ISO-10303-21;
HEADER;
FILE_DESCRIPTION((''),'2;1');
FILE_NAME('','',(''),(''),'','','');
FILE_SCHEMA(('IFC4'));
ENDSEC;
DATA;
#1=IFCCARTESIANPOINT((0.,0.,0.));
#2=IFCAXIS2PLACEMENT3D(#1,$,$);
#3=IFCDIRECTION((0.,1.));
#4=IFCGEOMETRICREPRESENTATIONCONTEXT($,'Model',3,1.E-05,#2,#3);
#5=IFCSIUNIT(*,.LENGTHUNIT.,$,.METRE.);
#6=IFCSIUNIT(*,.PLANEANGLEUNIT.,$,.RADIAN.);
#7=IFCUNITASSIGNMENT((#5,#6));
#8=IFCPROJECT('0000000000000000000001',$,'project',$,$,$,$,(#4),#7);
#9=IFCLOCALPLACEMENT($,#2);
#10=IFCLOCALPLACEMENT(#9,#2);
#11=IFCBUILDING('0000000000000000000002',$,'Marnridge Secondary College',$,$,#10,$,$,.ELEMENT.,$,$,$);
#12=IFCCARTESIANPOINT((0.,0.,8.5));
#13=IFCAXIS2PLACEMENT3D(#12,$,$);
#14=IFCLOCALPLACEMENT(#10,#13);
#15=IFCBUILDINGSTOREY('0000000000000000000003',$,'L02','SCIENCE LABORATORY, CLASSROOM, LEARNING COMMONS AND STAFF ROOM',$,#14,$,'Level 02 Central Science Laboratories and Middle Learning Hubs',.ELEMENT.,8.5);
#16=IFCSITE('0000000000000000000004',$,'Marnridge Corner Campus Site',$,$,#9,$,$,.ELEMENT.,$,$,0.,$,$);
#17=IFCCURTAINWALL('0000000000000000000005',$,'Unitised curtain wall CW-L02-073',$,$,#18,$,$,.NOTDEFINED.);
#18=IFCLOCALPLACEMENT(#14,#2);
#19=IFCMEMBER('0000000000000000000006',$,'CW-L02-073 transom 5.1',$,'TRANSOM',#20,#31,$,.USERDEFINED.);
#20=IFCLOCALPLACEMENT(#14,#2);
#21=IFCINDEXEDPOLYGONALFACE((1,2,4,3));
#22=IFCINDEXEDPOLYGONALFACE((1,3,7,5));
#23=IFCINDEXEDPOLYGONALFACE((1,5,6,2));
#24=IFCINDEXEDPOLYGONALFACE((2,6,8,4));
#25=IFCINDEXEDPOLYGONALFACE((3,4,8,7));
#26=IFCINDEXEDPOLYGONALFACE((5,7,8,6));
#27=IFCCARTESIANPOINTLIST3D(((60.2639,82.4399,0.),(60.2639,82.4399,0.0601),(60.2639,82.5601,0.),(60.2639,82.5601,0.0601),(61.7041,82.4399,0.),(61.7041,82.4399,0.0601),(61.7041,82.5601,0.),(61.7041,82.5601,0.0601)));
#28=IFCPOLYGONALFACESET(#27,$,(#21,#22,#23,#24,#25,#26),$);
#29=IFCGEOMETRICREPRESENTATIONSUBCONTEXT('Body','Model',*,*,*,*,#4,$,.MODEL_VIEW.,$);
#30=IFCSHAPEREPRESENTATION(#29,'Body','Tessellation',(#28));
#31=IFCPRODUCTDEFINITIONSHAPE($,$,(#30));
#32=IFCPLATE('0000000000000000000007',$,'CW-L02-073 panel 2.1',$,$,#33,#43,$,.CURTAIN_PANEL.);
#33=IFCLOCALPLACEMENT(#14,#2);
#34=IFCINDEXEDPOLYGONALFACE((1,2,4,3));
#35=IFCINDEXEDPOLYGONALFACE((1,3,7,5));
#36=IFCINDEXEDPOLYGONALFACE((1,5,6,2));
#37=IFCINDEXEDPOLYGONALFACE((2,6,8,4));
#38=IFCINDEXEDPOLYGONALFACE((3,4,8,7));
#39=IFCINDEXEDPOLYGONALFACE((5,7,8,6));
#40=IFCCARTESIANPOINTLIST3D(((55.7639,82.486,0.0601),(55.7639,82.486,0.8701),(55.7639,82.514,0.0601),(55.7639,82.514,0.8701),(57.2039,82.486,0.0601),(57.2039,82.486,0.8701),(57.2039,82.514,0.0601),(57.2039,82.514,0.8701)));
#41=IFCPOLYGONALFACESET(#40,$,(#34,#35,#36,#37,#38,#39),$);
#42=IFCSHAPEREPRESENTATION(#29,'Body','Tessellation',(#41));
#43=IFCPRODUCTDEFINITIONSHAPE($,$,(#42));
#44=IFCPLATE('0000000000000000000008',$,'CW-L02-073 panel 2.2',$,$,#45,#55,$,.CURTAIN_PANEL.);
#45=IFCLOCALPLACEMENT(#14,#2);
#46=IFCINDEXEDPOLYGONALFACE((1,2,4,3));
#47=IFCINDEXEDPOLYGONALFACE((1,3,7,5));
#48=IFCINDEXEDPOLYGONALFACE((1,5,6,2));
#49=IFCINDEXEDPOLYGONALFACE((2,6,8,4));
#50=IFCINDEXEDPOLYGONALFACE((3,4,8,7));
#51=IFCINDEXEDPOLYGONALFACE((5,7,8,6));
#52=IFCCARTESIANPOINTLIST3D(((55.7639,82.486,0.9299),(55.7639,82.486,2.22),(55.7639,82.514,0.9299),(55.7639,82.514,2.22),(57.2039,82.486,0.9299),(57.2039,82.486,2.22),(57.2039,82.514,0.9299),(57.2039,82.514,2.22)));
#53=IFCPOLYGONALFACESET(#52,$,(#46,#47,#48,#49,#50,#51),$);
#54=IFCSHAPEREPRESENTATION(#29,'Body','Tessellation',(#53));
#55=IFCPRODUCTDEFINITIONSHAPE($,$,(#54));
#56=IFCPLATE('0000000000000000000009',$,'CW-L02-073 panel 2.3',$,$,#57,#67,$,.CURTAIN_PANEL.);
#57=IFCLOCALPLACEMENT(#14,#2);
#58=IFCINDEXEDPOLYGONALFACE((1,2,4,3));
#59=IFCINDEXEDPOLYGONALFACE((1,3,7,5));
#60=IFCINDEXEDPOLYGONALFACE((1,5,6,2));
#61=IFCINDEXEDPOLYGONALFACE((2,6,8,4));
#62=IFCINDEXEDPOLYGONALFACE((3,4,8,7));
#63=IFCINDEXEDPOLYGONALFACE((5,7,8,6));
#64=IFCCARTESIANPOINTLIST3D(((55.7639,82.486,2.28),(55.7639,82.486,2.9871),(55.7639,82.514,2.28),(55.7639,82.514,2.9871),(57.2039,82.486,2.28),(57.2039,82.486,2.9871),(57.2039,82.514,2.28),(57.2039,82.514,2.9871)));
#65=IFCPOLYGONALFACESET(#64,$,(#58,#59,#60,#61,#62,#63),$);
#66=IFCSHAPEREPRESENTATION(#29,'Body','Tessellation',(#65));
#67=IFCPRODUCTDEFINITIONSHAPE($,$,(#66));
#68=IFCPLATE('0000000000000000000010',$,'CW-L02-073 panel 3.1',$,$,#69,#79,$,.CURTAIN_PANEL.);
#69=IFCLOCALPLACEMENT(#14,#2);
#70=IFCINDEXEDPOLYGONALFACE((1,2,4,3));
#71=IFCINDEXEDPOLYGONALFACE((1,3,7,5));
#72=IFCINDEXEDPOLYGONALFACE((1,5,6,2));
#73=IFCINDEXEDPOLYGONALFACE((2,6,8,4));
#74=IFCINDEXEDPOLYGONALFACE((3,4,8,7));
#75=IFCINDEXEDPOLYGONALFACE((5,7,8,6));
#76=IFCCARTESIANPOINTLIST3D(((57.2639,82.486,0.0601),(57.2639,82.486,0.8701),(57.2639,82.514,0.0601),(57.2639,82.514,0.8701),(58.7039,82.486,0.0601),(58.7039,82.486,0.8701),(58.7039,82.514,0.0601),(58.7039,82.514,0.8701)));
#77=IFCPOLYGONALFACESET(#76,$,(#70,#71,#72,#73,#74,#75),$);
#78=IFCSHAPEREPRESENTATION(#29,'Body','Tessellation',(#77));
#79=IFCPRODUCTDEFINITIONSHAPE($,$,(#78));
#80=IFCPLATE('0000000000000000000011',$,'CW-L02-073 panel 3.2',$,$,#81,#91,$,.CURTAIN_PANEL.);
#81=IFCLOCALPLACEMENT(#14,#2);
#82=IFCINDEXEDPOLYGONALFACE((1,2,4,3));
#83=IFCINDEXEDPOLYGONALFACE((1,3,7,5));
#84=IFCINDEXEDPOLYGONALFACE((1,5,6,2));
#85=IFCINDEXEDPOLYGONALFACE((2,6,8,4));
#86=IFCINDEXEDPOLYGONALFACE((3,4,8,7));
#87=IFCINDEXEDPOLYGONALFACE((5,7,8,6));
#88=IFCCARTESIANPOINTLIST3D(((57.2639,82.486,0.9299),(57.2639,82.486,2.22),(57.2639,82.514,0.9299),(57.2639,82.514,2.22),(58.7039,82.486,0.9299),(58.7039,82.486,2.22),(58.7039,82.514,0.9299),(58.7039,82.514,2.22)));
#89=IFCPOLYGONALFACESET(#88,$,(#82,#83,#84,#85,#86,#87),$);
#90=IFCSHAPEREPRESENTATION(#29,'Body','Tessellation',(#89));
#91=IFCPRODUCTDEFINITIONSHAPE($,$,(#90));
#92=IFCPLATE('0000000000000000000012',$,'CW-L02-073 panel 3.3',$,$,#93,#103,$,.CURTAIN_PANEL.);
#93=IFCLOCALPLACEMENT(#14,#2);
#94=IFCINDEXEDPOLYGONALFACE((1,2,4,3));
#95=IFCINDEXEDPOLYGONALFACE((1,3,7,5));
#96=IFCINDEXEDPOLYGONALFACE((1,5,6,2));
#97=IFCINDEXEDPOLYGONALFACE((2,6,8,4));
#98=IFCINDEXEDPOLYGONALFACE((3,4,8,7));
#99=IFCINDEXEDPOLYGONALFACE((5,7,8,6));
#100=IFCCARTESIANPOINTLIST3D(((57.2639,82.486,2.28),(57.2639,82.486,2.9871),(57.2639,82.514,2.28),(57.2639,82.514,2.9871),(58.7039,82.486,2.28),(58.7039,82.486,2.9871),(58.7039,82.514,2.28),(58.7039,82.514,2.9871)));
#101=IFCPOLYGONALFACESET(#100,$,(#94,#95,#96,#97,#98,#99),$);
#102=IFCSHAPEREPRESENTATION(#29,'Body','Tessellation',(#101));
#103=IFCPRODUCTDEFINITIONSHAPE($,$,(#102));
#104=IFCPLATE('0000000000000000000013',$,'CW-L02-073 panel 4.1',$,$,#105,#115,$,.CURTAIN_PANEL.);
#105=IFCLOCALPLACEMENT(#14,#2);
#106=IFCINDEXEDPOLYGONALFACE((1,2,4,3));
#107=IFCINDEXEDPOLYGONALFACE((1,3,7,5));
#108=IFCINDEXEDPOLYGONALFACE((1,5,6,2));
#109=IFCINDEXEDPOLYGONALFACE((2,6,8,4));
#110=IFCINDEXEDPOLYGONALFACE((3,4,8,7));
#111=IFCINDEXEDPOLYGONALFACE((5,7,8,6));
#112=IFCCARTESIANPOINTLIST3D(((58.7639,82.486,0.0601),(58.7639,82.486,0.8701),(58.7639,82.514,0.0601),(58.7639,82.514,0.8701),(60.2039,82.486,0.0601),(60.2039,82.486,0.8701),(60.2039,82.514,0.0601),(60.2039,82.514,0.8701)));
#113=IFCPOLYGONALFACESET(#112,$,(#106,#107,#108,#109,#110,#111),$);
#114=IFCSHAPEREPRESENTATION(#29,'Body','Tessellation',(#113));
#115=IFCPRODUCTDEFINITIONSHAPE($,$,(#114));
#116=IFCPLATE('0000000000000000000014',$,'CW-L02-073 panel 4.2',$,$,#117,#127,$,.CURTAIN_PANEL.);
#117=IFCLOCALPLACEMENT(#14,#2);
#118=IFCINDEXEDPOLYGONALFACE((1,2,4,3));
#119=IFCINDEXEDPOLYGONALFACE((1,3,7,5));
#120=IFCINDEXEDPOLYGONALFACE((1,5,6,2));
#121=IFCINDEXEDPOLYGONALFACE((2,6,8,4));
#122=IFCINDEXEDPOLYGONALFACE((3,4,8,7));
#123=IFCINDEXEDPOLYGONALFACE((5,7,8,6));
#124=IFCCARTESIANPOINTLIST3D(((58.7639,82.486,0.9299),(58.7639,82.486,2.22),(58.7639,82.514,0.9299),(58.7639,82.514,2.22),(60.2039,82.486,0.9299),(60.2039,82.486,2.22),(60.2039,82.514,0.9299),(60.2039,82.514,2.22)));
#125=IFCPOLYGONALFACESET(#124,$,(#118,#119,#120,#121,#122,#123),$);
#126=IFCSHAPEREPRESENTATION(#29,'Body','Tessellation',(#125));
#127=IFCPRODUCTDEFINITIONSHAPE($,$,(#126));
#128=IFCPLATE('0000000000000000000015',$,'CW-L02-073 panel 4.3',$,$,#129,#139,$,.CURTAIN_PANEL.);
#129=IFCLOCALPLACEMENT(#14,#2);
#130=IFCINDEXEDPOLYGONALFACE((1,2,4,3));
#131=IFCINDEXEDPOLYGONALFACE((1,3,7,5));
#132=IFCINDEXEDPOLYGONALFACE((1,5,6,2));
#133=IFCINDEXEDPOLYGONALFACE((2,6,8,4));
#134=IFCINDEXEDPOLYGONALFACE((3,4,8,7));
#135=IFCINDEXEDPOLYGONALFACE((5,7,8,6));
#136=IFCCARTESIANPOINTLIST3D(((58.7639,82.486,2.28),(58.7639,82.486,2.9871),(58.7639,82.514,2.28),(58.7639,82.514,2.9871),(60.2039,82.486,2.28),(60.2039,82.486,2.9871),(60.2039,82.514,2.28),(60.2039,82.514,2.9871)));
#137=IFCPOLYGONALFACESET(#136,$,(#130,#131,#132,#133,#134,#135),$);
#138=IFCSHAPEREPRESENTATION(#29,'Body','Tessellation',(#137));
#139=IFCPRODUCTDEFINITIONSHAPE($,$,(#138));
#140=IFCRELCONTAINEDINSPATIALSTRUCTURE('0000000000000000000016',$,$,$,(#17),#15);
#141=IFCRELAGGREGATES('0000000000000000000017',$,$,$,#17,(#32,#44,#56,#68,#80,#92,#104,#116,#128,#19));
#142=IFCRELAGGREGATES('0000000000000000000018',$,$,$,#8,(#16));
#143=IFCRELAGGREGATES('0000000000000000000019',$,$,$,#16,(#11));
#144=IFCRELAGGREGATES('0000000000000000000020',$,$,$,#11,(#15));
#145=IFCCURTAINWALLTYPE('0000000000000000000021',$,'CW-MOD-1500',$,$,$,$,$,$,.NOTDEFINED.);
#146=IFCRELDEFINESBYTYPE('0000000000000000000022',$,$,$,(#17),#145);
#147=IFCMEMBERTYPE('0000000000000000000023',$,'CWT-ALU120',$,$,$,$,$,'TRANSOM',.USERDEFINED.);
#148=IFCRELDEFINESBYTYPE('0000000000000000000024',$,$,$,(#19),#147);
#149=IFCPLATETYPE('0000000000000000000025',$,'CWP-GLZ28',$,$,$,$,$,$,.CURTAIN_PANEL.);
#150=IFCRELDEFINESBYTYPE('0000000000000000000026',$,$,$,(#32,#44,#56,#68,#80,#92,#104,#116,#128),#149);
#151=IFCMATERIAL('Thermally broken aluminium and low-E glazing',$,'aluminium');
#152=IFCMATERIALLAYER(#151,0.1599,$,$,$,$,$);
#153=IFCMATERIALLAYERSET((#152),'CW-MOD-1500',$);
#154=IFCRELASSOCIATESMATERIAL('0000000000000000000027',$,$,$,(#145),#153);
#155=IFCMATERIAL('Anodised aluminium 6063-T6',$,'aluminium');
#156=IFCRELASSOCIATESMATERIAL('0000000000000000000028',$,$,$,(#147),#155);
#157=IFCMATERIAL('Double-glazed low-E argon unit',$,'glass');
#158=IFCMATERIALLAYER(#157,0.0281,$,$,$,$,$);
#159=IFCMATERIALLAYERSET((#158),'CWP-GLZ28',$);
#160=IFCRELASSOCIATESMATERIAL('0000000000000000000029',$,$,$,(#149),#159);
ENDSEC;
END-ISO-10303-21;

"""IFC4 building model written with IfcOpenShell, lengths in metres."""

from ifc_helpers import new_model, si_unit, direction, frame, origin, origin_2d, place, context, subcontext, project, spatial, rectangle, extrude, material, layer, layer_set, material_profile, profile_set, type_object, element, aggregate, save


model = new_model("IFC4")

# Units and contexts
model_context = context("Model", 3, precision=1e-05, world=origin(), true_north=direction((0.0, 1.0)))
body_context = subcontext(model_context, "Body", "Model", "MODEL_VIEW")
ifc_project = project(units=[si_unit("LENGTHUNIT", "METRE"), si_unit("PLANEANGLEUNIT", "RADIAN")], contexts=[model_context])

# Site, building, storey
site_placement = place(None, origin())
site = spatial("IfcSite", under=ifc_project, at=site_placement, Name="Marnridge Corner Campus Site", CompositionType="ELEMENT", RefElevation=0.0)
building_placement = place(site_placement, origin())
building = spatial("IfcBuilding", under=site, at=building_placement, Name="Marnridge Secondary College", CompositionType="ELEMENT")
storey_placement = place(building_placement, frame((0.0, 0.0, 8.5)))
storey = spatial("IfcBuildingStorey", under=building, at=storey_placement, Name="L02", Description="SCIENCE LABORATORY, CLASSROOM, LEARNING COMMONS AND STAFF ROOM", LongName="Level 02 Central Science Laboratories and Middle Learning Hubs", CompositionType="ELEMENT", Elevation=8.5)

# Curtain wall, member, plates
ifc_material_1 = material(Name="Thermally broken aluminium and low-E glazing", Category="aluminium")
ifc_layer_1 = layer(ifc_material_1, 0.1599)
ifc_layer_set_1 = layer_set([ifc_layer_1], Name="CW-MOD-1500")
curtain_wall_type = type_object("IfcCurtainWallType", Name="CW-MOD-1500", PredefinedType="NOTDEFINED", material=ifc_layer_set_1)
curtain_wall_placement = place(storey_placement, origin())
curtain_wall = element("IfcCurtainWall", 1, at=curtain_wall_placement, inside=storey, type_object=curtain_wall_type, Name="Unitised curtain wall CW-L02-073", PredefinedType="NOTDEFINED")
ifc_material_2 = material(Name="Anodised aluminium 6063-T6", Category="aluminium")
ifc_material_profile_1 = material_profile(ifc_material_2, rectangle(XDim=0.0601, YDim=0.1201, at=origin_2d()), Name="ALU 60x120")
ifc_profile_set_1 = profile_set([ifc_material_profile_1], Name="Anodised aluminium 6063-T6")
member_type_1 = type_object("IfcMemberType", Name="CWT-ALU120", ElementType="TRANSOM", PredefinedType="USERDEFINED", material=ifc_profile_set_1)
member_1_placement = place(storey_placement, frame((60.2639, 82.5, 0.03), z_axis=(1.0, 0.0, 0.0), x_axis=(0.0, 0.0, 1.0)))
member_1 = element("IfcMember", 2, at=member_1_placement, type_object=member_type_1, Name="CW-L02-073 transom 5.1", ObjectType="TRANSOM", PredefinedType="USERDEFINED", context=body_context, shape_type="SweptSolid", body=[
    extrude(rectangle(XDim=0.0601, YDim=0.1201, at=origin_2d()), origin(), (0.0, 0.0, 1.0), 1.4402),
])
ifc_material_3 = material(Name="Double-glazed low-E argon unit", Category="glass")
ifc_layer_2 = layer(ifc_material_3, 0.0281)
ifc_layer_set_2 = layer_set([ifc_layer_2], Name="CWP-GLZ28")
plate_type = type_object("IfcPlateType", Name="CWP-GLZ28", PredefinedType="CURTAIN_PANEL", material=ifc_layer_set_2)
plate_1_placement = place(storey_placement, frame((56.4839, 82.5, 0.0601), z_axis=(0.0, 0.0, 1.0), x_axis=(1.0, 0.0, 0.0)))
plate_1 = element("IfcPlate", 3, at=plate_1_placement, type_object=plate_type, Name="CW-L02-073 panel 2.1", PredefinedType="CURTAIN_PANEL", context=body_context, shape_type="SweptSolid", body=[
    extrude(rectangle(XDim=1.4399, YDim=0.0281, at=origin_2d()), origin(), (0.0, 0.0, 1.0), 0.8101),
])
plate_2_placement = place(storey_placement, frame((56.4839, 82.5, 0.9299), z_axis=(0.0, 0.0, 1.0), x_axis=(1.0, 0.0, 0.0)))
plate_2 = element("IfcPlate", 4, at=plate_2_placement, type_object=plate_type, Name="CW-L02-073 panel 2.2", PredefinedType="CURTAIN_PANEL", context=body_context, shape_type="SweptSolid", body=[
    extrude(rectangle(XDim=1.4399, YDim=0.0281, at=origin_2d()), origin(), (0.0, 0.0, 1.0), 1.29),
])
plate_3_placement = place(storey_placement, frame((56.4839, 82.5, 2.28), z_axis=(0.0, 0.0, 1.0), x_axis=(1.0, 0.0, 0.0)))
plate_3 = element("IfcPlate", 5, at=plate_3_placement, type_object=plate_type, Name="CW-L02-073 panel 2.3", PredefinedType="CURTAIN_PANEL", context=body_context, shape_type="SweptSolid", body=[
    extrude(rectangle(XDim=1.4399, YDim=0.0281, at=origin_2d()), origin(), (0.0, 0.0, 1.0), 0.707),
])
plate_4_placement = place(storey_placement, frame((57.9839, 82.5, 0.0601), z_axis=(0.0, 0.0, 1.0), x_axis=(1.0, 0.0, 0.0)))
plate_4 = element("IfcPlate", 6, at=plate_4_placement, type_object=plate_type, Name="CW-L02-073 panel 3.1", PredefinedType="CURTAIN_PANEL", context=body_context, shape_type="SweptSolid", body=[
    extrude(rectangle(XDim=1.4399, YDim=0.0281, at=origin_2d()), origin(), (0.0, 0.0, 1.0), 0.8101),
])
plate_5_placement = place(storey_placement, frame((57.9839, 82.5, 0.9299), z_axis=(0.0, 0.0, 1.0), x_axis=(1.0, 0.0, 0.0)))
plate_5 = element("IfcPlate", 7, at=plate_5_placement, type_object=plate_type, Name="CW-L02-073 panel 3.2", PredefinedType="CURTAIN_PANEL", context=body_context, shape_type="SweptSolid", body=[
    extrude(rectangle(XDim=1.4399, YDim=0.0281, at=origin_2d()), origin(), (0.0, 0.0, 1.0), 1.29),
])
plate_6_placement = place(storey_placement, frame((57.9839, 82.5, 2.28), z_axis=(0.0, 0.0, 1.0), x_axis=(1.0, 0.0, 0.0)))
plate_6 = element("IfcPlate", 8, at=plate_6_placement, type_object=plate_type, Name="CW-L02-073 panel 3.3", PredefinedType="CURTAIN_PANEL", context=body_context, shape_type="SweptSolid", body=[
    extrude(rectangle(XDim=1.4399, YDim=0.0281, at=origin_2d()), origin(), (0.0, 0.0, 1.0), 0.707),
])
plate_7_placement = place(storey_placement, frame((59.4839, 82.5, 0.0601), z_axis=(0.0, 0.0, 1.0), x_axis=(1.0, 0.0, 0.0)))
plate_7 = element("IfcPlate", 9, at=plate_7_placement, type_object=plate_type, Name="CW-L02-073 panel 4.1", PredefinedType="CURTAIN_PANEL", context=body_context, shape_type="SweptSolid", body=[
    extrude(rectangle(XDim=1.4399, YDim=0.0281, at=origin_2d()), origin(), (0.0, 0.0, 1.0), 0.8101),
])
plate_8_placement = place(storey_placement, frame((59.4839, 82.5, 0.9299), z_axis=(0.0, 0.0, 1.0), x_axis=(1.0, 0.0, 0.0)))
plate_8 = element("IfcPlate", 10, at=plate_8_placement, type_object=plate_type, Name="CW-L02-073 panel 4.2", PredefinedType="CURTAIN_PANEL", context=body_context, shape_type="SweptSolid", body=[
    extrude(rectangle(XDim=1.4399, YDim=0.0281, at=origin_2d()), origin(), (0.0, 0.0, 1.0), 1.29),
])
plate_9_placement = place(storey_placement, frame((59.4839, 82.5, 2.28), z_axis=(0.0, 0.0, 1.0), x_axis=(1.0, 0.0, 0.0)))
plate_9 = element("IfcPlate", 11, at=plate_9_placement, type_object=plate_type, Name="CW-L02-073 panel 4.3", PredefinedType="CURTAIN_PANEL", context=body_context, shape_type="SweptSolid", body=[
    extrude(rectangle(XDim=1.4399, YDim=0.0281, at=origin_2d()), origin(), (0.0, 0.0, 1.0), 0.707),
])
aggregate(curtain_wall, [plate_1, plate_2, plate_3, plate_4, plate_5, plate_6, plate_7, plate_8, plate_9, member_1])

save(model, "model.ifc")
